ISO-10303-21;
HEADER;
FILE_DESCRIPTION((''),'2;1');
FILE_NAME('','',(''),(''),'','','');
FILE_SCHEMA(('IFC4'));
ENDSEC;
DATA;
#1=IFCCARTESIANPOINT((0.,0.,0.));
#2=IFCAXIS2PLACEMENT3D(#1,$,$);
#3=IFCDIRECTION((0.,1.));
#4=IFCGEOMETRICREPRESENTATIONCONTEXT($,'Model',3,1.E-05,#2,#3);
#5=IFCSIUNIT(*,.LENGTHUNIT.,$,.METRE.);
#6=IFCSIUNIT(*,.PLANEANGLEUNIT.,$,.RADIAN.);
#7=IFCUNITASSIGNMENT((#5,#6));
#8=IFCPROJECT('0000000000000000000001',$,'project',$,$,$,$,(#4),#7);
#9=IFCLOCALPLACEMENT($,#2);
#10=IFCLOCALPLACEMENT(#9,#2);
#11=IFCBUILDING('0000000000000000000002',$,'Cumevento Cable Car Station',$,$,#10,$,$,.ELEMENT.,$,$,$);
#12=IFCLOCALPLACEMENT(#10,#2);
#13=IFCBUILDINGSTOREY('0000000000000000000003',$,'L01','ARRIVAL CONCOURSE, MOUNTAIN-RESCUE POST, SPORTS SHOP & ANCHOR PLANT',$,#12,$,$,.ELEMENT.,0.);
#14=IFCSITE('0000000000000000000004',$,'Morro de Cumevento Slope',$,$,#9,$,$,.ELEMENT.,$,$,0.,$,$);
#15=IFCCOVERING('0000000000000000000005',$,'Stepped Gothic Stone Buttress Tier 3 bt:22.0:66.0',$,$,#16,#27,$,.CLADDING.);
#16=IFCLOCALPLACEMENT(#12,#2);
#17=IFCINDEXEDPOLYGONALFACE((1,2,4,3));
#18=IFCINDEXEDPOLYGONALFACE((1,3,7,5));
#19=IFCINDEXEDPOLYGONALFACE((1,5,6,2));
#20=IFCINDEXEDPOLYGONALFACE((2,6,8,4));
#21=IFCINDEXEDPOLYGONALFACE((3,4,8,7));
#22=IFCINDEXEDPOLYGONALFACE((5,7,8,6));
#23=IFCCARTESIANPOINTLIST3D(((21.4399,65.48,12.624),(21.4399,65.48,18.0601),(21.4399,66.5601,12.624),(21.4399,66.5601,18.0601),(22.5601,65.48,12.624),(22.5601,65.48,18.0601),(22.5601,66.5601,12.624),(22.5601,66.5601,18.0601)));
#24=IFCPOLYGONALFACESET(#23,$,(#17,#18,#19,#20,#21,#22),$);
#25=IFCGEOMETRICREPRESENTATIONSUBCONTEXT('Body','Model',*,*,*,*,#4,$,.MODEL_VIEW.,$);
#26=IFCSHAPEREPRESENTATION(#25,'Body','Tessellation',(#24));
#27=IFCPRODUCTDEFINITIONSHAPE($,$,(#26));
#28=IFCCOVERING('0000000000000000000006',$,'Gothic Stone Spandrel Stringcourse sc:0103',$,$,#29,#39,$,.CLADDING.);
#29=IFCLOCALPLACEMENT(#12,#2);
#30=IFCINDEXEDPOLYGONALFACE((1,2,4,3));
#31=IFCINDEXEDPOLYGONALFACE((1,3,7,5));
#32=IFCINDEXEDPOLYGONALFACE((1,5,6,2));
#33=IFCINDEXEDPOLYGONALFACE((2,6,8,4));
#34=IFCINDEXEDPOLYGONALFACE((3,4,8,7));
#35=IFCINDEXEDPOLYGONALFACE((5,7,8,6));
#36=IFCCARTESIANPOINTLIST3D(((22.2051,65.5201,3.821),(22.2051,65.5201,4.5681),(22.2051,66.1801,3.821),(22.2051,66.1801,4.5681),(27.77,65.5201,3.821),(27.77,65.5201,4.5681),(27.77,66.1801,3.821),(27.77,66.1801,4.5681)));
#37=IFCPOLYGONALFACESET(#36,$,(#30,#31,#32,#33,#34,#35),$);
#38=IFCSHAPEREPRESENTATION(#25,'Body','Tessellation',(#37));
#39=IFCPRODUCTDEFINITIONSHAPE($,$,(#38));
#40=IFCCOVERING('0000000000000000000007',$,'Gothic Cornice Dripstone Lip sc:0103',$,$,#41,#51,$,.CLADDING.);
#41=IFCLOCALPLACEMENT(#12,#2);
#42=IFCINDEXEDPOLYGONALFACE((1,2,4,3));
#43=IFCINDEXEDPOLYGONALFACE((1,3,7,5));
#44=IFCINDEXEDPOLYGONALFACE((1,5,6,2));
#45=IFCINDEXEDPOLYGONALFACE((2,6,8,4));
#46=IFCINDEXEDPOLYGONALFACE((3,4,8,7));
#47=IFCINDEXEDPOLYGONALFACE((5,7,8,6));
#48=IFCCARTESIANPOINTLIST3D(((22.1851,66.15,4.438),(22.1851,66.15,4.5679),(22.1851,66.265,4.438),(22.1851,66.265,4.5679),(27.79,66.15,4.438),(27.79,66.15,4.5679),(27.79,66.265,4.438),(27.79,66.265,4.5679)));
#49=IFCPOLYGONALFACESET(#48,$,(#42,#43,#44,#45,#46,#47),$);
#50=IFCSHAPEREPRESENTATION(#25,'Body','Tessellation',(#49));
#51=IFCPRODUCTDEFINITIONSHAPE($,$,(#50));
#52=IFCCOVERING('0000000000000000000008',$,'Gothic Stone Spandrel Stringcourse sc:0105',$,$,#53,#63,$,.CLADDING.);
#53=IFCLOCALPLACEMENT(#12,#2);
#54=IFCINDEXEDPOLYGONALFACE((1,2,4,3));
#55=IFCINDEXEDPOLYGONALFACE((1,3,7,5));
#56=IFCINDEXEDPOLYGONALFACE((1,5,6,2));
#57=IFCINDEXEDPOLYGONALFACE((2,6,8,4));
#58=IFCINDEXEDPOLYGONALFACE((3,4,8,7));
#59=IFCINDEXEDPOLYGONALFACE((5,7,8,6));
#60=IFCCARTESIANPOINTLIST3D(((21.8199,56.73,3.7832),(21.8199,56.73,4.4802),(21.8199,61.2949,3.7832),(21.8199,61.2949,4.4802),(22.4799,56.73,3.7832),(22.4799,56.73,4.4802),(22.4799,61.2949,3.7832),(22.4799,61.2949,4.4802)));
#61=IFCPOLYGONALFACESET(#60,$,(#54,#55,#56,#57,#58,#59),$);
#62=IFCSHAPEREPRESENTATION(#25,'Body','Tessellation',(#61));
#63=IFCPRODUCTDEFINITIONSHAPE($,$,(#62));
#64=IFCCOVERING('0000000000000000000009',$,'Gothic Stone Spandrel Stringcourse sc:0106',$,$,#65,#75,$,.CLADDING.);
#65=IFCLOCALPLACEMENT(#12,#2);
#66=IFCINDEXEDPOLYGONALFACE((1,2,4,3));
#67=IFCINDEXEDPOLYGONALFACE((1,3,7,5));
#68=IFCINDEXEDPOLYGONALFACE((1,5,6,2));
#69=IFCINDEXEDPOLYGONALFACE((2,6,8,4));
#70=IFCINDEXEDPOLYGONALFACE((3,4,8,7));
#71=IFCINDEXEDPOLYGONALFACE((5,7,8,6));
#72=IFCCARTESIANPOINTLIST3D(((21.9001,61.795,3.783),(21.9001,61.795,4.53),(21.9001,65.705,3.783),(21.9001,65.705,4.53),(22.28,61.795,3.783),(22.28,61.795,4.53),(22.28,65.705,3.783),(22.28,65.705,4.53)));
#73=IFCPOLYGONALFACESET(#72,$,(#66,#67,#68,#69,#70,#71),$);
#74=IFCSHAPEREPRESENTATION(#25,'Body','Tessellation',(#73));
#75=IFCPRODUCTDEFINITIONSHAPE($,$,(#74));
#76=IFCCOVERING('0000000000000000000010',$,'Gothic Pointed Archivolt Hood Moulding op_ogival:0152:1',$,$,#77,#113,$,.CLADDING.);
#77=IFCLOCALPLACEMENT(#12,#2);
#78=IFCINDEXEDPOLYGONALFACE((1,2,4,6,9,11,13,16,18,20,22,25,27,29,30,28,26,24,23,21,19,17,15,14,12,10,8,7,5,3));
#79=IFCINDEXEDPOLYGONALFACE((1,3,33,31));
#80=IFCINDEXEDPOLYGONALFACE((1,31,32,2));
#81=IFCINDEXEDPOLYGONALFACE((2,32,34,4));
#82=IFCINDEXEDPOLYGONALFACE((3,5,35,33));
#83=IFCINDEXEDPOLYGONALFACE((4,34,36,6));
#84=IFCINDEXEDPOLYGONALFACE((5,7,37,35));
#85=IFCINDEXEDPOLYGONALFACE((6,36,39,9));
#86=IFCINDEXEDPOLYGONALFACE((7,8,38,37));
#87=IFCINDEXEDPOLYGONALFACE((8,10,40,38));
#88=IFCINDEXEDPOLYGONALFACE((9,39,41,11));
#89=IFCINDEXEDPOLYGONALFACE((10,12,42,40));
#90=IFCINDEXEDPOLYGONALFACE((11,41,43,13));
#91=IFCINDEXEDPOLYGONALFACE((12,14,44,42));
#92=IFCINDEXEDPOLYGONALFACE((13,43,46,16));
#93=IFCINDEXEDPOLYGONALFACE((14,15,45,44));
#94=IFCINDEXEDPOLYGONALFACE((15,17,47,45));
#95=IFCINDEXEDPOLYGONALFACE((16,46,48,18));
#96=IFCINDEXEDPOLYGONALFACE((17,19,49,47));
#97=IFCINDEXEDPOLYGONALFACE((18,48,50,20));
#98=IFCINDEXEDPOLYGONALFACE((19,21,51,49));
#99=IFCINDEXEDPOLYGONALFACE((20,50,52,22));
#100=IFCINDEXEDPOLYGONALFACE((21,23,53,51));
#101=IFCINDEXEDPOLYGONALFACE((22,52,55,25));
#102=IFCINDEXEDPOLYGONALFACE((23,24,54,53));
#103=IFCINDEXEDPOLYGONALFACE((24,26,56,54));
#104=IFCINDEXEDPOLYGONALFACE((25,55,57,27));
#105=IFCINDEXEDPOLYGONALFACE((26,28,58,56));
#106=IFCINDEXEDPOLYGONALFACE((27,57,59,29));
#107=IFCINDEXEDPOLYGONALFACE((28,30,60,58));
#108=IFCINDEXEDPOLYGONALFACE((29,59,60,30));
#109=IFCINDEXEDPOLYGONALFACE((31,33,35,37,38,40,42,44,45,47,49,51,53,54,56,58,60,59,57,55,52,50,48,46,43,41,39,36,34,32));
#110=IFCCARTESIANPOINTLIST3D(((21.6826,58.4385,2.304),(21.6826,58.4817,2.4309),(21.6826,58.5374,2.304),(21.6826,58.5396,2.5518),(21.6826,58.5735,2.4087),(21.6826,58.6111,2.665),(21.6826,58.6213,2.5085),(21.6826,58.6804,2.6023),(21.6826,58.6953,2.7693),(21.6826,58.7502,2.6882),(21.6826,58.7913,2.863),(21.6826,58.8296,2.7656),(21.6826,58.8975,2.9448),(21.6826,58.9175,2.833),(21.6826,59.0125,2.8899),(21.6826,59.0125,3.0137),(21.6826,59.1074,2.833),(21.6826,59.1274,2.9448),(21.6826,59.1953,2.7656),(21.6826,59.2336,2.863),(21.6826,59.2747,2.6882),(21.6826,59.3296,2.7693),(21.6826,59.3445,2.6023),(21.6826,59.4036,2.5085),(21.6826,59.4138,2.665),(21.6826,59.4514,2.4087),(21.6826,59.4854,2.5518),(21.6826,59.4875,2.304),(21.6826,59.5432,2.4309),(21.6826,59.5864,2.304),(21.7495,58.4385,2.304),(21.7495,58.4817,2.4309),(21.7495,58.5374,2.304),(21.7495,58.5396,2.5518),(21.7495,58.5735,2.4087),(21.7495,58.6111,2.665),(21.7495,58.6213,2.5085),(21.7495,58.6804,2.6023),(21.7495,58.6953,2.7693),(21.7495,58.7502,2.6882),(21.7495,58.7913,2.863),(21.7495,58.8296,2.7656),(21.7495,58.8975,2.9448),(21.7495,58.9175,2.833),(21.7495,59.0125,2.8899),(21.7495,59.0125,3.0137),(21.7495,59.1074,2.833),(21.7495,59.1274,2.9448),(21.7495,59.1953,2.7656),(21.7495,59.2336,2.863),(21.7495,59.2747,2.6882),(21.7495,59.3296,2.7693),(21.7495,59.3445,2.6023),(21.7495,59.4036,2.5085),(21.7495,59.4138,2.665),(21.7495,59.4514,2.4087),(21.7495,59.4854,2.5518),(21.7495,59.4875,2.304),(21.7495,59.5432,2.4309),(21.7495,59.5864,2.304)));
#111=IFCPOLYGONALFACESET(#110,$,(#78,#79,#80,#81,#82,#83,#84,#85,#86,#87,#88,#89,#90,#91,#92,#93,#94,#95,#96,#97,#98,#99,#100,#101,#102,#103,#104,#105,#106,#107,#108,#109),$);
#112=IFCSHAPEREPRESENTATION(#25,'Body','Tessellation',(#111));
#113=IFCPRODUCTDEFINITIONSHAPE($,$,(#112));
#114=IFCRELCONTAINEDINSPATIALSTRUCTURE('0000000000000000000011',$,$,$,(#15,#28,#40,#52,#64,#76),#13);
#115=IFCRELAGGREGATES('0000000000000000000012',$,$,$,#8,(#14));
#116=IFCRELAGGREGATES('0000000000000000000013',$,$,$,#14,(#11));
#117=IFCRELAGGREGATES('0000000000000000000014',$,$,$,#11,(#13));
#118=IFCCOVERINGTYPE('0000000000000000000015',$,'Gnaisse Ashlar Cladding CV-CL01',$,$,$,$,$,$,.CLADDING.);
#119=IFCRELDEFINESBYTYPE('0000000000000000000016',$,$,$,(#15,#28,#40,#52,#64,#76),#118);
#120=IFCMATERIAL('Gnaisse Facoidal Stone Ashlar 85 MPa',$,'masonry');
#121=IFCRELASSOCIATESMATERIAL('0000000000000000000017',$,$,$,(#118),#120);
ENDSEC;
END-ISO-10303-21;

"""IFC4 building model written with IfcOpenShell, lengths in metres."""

from ifc_helpers import new_model, si_unit, direction, frame, origin, origin_2d, place, context, subcontext, project, spatial, polyline, rectangle, outline, extrude, material, type_object, element, save


model = new_model("IFC4")

# Units and contexts
model_context = context("Model", 3, precision=1e-05, world=origin(), true_north=direction((0.0, 1.0)))
body_context = subcontext(model_context, "Body", "Model", "MODEL_VIEW")
ifc_project = project(units=[si_unit("LENGTHUNIT", "METRE"), si_unit("PLANEANGLEUNIT", "RADIAN")], contexts=[model_context])

# Site, building, storey
site_placement = place(None, origin())
site = spatial("IfcSite", under=ifc_project, at=site_placement, Name="Morro de Cumevento Slope", CompositionType="ELEMENT", RefElevation=0.0)
building_placement = place(site_placement, origin())
building = spatial("IfcBuilding", under=site, at=building_placement, Name="Cumevento Cable Car Station", CompositionType="ELEMENT")
storey_placement = place(building_placement, origin())
storey = spatial("IfcBuildingStorey", under=building, at=storey_placement, Name="L01", Description="ARRIVAL CONCOURSE, MOUNTAIN-RESCUE POST, SPORTS SHOP & ANCHOR PLANT", CompositionType="ELEMENT", Elevation=0.0)

# Coverings
ifc_material_1 = material(Name="Gnaisse Facoidal Stone Ashlar 85 MPa", Category="masonry")
covering_type = type_object("IfcCoveringType", Name="Gnaisse Ashlar Cladding CV-CL01", PredefinedType="CLADDING", material=ifc_material_1)
covering_1_placement = place(storey_placement, frame((22.0, 66.02, 12.624), z_axis=(0.0, 0.0, 1.0), x_axis=(1.0, 0.0, 0.0)))
element("IfcCovering", 1, at=covering_1_placement, inside=storey, type_object=covering_type, Name="Stepped Gothic Stone Buttress Tier 3 bt:22.0:66.0", PredefinedType="CLADDING", context=body_context, shape_type="SweptSolid", body=[
    extrude(rectangle(XDim=1.1201, YDim=1.0801, at=origin_2d()), origin(), (0.0, 0.0, 1.0), 5.436),
])
covering_2_placement = place(storey_placement, frame((24.9875, 65.8501, 3.821), z_axis=(0.0, 0.0, 1.0), x_axis=(1.0, 0.0, 0.0)))
element("IfcCovering", 2, at=covering_2_placement, inside=storey, type_object=covering_type, Name="Gothic Stone Spandrel Stringcourse sc:0103", PredefinedType="CLADDING", context=body_context, shape_type="SweptSolid", body=[
    extrude(rectangle(XDim=5.5649, YDim=0.6599, at=origin_2d()), origin(), (0.0, 0.0, 1.0), 0.7471),
])
covering_3_placement = place(storey_placement, frame((24.9875, 66.2075, 4.438), z_axis=(0.0, 0.0, 1.0), x_axis=(1.0, 0.0, 0.0)))
element("IfcCovering", 3, at=covering_3_placement, inside=storey, type_object=covering_type, Name="Gothic Cornice Dripstone Lip sc:0103", PredefinedType="CLADDING", context=body_context, shape_type="SweptSolid", body=[
    extrude(rectangle(XDim=5.605, YDim=0.115, at=origin_2d()), origin(), (0.0, 0.0, 1.0), 0.1299),
])
covering_4_placement = place(storey_placement, frame((22.1499, 59.0125, 3.7832), z_axis=(0.0, 0.0, 1.0), x_axis=(0.0, 1.0, 0.0)))
element("IfcCovering", 4, at=covering_4_placement, inside=storey, type_object=covering_type, Name="Gothic Stone Spandrel Stringcourse sc:0105", PredefinedType="CLADDING", context=body_context, shape_type="SweptSolid", body=[
    extrude(rectangle(XDim=4.5649, YDim=0.6599, at=origin_2d()), origin(), (0.0, 0.0, 1.0), 0.697),
])
covering_5_placement = place(storey_placement, frame((22.0901, 63.75, 3.783), z_axis=(0.0, 0.0, 1.0), x_axis=(0.0, 1.0, 0.0)))
element("IfcCovering", 5, at=covering_5_placement, inside=storey, type_object=covering_type, Name="Gothic Stone Spandrel Stringcourse sc:0106", PredefinedType="CLADDING", context=body_context, shape_type="SweptSolid", body=[
    extrude(rectangle(XDim=3.9099, YDim=0.3799, at=origin_2d()), origin(), (0.0, 0.0, 1.0), 0.7471),
])
covering_6_placement = place(storey_placement, frame((22.0, 58.3975, 2.304), z_axis=(0.0, 0.0, 1.0), x_axis=(0.0, 1.0, 0.0)))
element("IfcCovering", 6, at=covering_6_placement, inside=storey, type_object=covering_type, Name="Gothic Pointed Archivolt Hood Moulding op_ogival:0152:1", PredefinedType="CLADDING", context=body_context, shape_type="SweptSolid", body=[
    extrude(outline(polyline([(0.1399, 0.0), (0.176, 0.1047), (0.2239, 0.2046), (0.283, 0.2983), (0.3528, 0.3843), (0.4321, 0.4617), (0.52, 0.5291), (0.615, 0.5859), (0.71, 0.5291), (0.7979, 0.4617), (0.8772, 0.3843), (0.947, 0.2983), (1.0061, 0.2046), (1.054, 0.1047), (1.0901, 0.0), (1.189, 0.0), (1.1458, 0.127), (1.0879, 0.2478), (1.0164, 0.3611), (0.9321, 0.4653), (0.8362, 0.5591), (0.73, 0.6409), (0.615, 0.7097), (0.5, 0.6409), (0.3938, 0.5591), (0.2979, 0.4653), (0.2136, 0.3611), (0.1421, 0.2478), (0.0842, 0.127), (0.041, 0.0), (0.1399, 0.0)])), frame((0.0, 0.3174, 0.0), z_axis=(0.0, -1.0, 0.0), x_axis=(1.0, 0.0, 0.0)), (0.0, 0.0, 1.0), 0.0669),
])

save(model, "model.ifc")
